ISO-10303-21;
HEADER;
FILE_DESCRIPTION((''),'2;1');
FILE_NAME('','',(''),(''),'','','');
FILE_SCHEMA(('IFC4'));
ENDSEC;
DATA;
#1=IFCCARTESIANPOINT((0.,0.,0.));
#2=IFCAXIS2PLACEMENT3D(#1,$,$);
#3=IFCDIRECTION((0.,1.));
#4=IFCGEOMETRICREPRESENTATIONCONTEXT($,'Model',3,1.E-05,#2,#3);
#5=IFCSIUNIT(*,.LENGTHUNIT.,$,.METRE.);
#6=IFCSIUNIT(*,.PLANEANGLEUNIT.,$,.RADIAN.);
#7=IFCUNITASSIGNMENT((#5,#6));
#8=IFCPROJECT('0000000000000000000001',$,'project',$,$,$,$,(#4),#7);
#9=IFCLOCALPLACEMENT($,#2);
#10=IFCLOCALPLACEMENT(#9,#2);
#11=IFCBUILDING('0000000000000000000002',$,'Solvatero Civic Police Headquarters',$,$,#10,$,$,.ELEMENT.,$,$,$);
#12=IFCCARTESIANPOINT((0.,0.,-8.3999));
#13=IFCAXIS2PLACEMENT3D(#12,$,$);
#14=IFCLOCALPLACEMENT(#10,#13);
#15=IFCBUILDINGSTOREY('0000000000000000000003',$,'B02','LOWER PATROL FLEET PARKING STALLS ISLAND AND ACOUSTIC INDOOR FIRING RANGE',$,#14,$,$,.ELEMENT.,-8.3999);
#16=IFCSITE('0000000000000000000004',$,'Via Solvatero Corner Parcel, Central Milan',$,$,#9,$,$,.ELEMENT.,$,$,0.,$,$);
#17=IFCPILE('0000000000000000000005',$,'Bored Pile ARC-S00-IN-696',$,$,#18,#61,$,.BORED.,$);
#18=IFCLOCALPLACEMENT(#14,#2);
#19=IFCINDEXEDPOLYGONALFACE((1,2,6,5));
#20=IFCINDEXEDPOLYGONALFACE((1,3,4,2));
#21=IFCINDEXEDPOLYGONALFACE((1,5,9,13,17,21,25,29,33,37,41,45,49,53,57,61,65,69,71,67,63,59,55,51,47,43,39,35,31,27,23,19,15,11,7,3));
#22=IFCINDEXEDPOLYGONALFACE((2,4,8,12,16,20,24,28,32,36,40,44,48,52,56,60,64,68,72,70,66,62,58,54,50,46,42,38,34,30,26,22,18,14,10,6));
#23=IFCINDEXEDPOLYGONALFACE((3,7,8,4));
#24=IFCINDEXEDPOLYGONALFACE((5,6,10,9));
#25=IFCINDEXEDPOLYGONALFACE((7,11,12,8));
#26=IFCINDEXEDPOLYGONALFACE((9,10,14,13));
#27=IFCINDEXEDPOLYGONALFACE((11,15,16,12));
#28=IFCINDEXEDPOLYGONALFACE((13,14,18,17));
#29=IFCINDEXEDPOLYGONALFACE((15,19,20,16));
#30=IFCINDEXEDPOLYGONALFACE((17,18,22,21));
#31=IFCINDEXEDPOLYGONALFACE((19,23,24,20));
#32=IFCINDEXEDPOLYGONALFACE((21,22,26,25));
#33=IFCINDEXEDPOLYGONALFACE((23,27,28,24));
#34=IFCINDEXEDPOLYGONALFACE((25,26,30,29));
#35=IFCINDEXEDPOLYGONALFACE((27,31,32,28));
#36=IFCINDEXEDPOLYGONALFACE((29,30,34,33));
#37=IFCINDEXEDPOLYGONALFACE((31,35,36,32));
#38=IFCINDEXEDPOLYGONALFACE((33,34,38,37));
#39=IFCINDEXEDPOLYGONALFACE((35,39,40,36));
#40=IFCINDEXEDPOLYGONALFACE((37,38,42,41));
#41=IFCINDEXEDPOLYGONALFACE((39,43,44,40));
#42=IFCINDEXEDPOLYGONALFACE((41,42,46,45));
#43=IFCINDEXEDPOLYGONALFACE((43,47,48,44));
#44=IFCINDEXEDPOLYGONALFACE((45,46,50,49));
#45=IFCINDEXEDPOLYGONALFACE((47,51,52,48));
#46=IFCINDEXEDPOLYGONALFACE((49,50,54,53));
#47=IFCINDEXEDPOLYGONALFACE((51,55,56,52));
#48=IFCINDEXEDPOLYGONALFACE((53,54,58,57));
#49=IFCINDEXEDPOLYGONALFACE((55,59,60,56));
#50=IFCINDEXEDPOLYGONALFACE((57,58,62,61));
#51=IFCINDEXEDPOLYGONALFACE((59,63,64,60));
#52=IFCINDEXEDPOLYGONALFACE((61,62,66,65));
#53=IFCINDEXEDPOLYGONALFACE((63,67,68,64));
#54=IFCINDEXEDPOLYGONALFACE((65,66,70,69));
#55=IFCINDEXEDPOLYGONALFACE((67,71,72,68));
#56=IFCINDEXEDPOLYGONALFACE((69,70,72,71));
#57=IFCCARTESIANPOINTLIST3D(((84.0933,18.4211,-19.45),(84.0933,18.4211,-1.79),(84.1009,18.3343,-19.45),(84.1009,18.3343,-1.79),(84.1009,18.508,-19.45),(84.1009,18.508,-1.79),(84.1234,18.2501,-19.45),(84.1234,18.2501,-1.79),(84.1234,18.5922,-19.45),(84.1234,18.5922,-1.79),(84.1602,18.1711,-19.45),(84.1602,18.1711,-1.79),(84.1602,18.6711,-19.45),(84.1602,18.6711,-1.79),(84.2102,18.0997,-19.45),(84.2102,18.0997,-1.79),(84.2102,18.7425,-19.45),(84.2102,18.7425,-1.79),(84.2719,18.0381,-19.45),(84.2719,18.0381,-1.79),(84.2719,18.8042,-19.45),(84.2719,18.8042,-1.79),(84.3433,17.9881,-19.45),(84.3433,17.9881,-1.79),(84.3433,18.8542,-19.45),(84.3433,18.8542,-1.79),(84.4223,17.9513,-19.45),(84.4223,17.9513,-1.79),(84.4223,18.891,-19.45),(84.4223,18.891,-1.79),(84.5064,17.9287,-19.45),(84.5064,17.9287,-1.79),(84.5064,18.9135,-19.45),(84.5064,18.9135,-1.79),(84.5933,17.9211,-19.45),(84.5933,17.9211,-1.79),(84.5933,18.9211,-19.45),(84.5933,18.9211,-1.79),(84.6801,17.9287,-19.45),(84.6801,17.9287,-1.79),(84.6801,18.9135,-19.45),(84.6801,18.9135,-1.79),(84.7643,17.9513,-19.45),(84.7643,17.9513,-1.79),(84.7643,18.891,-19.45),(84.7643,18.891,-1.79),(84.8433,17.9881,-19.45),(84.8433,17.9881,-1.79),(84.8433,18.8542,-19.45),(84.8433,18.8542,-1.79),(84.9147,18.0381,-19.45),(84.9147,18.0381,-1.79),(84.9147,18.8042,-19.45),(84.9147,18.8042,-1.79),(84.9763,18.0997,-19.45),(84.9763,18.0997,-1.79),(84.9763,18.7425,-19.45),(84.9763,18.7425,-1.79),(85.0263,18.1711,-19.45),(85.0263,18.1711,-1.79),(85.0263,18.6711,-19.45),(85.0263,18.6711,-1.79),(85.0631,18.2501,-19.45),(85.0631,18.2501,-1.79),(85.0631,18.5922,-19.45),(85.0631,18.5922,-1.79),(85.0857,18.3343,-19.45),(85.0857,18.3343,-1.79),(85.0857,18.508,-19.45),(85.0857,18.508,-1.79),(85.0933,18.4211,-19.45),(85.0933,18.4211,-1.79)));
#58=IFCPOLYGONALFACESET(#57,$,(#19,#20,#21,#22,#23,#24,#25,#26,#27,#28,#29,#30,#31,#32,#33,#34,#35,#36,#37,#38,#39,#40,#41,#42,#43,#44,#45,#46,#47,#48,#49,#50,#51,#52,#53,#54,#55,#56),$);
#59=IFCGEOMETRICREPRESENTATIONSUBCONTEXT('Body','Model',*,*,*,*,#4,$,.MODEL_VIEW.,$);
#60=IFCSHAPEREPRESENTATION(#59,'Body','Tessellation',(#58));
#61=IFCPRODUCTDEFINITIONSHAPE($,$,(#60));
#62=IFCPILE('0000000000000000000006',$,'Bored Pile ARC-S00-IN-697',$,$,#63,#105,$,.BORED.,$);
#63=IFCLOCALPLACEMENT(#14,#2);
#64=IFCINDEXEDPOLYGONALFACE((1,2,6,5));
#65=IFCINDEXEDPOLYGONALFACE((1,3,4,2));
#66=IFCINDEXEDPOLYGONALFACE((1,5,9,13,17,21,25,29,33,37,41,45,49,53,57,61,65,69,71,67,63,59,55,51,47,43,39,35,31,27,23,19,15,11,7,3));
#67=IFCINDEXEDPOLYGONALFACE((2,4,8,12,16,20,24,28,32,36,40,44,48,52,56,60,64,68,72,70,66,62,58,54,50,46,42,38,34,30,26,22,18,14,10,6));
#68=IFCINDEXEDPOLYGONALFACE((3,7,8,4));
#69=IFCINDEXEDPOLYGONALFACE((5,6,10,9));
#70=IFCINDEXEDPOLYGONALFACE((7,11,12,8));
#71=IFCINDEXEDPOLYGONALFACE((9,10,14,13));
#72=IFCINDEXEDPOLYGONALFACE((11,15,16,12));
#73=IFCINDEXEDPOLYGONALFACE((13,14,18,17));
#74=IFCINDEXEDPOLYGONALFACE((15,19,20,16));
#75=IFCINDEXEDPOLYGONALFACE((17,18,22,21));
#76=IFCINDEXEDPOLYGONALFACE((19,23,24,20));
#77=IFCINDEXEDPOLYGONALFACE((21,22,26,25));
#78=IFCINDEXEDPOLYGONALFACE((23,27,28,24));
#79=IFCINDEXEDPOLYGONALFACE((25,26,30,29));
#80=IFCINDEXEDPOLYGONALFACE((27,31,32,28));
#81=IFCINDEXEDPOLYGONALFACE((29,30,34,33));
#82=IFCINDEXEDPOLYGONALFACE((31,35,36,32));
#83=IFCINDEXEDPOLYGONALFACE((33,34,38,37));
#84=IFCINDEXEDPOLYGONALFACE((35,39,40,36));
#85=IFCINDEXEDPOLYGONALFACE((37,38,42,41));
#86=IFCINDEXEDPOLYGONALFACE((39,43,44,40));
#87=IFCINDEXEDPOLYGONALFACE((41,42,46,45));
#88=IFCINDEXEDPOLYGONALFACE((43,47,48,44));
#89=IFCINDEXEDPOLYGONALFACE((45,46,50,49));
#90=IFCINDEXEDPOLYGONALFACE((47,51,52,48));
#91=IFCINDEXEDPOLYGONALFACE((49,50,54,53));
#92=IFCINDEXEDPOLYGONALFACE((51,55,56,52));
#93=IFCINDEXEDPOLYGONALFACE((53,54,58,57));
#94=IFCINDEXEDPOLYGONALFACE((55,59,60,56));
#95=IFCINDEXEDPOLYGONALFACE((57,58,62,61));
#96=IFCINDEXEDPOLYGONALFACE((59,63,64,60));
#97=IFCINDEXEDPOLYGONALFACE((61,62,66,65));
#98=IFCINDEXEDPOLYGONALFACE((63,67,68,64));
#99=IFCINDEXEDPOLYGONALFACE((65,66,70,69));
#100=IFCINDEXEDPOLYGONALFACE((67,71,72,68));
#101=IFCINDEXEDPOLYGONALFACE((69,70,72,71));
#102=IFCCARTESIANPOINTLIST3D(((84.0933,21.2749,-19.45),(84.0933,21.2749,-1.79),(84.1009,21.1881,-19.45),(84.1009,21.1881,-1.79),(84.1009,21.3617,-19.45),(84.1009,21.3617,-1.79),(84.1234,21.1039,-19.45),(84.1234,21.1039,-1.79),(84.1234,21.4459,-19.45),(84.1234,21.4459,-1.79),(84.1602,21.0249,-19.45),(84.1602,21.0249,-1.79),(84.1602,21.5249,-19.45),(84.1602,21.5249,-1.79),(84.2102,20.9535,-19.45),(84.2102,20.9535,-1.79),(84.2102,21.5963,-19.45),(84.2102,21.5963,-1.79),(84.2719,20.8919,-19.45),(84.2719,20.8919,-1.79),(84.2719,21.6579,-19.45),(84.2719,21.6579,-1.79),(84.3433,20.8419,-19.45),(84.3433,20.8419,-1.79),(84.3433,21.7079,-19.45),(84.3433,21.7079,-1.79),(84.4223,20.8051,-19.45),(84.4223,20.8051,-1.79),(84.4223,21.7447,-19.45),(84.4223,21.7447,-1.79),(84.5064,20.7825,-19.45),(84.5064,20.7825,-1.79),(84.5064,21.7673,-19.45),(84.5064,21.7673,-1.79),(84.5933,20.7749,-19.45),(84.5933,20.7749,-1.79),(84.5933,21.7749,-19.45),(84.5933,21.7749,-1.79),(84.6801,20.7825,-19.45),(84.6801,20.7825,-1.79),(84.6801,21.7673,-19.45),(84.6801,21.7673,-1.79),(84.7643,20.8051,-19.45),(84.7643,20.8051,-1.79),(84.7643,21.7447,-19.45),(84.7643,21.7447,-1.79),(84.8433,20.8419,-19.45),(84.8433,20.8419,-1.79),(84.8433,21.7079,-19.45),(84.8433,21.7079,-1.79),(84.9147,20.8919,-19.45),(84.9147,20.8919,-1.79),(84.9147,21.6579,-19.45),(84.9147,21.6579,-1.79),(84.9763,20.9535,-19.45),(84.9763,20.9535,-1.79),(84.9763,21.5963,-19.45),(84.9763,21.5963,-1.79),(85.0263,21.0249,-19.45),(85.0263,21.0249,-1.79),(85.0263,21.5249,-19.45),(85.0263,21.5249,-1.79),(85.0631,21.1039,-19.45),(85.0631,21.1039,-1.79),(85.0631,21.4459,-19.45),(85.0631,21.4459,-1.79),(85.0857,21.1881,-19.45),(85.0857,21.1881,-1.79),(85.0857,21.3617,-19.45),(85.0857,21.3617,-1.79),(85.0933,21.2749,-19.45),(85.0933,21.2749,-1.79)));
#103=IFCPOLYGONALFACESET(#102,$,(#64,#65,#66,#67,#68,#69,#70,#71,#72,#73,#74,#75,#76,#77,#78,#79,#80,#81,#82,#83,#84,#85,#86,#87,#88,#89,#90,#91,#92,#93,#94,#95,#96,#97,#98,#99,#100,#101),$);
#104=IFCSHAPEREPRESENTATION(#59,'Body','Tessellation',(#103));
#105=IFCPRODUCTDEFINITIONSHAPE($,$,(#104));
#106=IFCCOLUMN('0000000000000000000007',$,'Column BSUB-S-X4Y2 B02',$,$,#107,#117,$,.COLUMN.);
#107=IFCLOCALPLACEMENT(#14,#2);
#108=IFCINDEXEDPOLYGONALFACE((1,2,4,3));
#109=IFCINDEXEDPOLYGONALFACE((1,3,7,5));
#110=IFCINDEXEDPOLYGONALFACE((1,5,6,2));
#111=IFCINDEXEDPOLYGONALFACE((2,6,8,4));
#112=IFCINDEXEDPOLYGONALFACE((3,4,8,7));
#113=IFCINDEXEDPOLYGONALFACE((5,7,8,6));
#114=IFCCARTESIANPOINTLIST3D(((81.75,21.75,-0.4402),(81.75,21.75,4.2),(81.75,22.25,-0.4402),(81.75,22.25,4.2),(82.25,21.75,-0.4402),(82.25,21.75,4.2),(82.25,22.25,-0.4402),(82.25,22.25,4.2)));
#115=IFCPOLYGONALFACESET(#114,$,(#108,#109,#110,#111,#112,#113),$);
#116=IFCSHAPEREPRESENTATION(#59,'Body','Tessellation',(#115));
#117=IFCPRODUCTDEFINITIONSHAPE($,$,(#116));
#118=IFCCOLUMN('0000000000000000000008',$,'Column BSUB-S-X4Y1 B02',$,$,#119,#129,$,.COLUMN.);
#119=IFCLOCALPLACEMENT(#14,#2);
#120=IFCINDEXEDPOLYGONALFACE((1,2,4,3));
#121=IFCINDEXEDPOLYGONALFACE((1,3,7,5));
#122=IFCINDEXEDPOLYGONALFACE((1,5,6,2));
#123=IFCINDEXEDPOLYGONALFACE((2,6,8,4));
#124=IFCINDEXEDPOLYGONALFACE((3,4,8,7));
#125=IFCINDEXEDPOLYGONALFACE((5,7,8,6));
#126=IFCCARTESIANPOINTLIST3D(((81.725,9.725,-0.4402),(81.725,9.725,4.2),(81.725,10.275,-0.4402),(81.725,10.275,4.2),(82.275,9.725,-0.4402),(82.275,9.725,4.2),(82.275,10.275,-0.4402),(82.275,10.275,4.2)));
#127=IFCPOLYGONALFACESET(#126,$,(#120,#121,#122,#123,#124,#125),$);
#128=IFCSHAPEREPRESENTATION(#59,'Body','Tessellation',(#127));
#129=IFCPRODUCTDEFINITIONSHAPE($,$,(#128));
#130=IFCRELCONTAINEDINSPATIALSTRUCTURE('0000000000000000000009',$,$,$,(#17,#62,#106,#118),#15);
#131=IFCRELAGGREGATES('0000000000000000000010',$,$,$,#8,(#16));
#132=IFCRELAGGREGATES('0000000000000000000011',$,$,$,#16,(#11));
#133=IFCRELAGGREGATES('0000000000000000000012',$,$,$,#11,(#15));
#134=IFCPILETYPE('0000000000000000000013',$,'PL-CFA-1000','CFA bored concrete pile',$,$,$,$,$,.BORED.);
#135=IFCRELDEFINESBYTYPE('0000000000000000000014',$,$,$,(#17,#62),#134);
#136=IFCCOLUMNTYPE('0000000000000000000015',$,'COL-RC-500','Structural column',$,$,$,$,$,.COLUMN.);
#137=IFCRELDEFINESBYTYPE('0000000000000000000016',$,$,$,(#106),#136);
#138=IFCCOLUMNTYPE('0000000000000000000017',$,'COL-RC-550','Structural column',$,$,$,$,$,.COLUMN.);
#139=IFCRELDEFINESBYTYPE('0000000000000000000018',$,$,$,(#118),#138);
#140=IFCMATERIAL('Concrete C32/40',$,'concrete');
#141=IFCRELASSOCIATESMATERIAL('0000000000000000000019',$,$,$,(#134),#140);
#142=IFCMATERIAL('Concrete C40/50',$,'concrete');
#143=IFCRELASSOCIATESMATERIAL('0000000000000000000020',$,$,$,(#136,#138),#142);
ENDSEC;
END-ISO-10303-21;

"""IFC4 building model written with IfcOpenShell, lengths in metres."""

from ifc_helpers import new_model, si_unit, direction, frame, origin, origin_2d, place, context, subcontext, project, spatial, rectangle, circle, extrude, material, material_profile, profile_set, type_object, element, save


model = new_model("IFC4")

# Units and contexts
model_context = context("Model", 3, precision=1e-05, world=origin(), true_north=direction((0.0, 1.0)))
body_context = subcontext(model_context, "Body", "Model", "MODEL_VIEW")
ifc_project = project(units=[si_unit("LENGTHUNIT", "METRE"), si_unit("PLANEANGLEUNIT", "RADIAN")], contexts=[model_context])

# Site, building, storey
site_placement = place(None, origin())
site = spatial("IfcSite", under=ifc_project, at=site_placement, Name="Via Solvatero Corner Parcel, Central Milan", CompositionType="ELEMENT", RefElevation=0.0)
building_placement = place(site_placement, origin())
building = spatial("IfcBuilding", under=site, at=building_placement, Name="Solvatero Civic Police Headquarters", CompositionType="ELEMENT")
storey_placement = place(building_placement, frame((0.0, 0.0, -8.3999)))
storey = spatial("IfcBuildingStorey", under=building, at=storey_placement, Name="B02", Description="LOWER PATROL FLEET PARKING STALLS ISLAND AND ACOUSTIC INDOOR FIRING RANGE", CompositionType="ELEMENT", Elevation=-8.3999)

# Piles
ifc_material_1 = material(Name="Concrete C32/40", Category="concrete")
ifc_material_profile_1 = material_profile(ifc_material_1, circle(Radius=0.5, at=origin_2d()), Name="CFA PILE D1000")
ifc_profile_set_1 = profile_set([ifc_material_profile_1], Name="Concrete C32/40")
pile_type = type_object("IfcPileType", Name="PL-CFA-1000", Description="CFA bored concrete pile", PredefinedType="BORED", material=ifc_profile_set_1)
for number, where, z_axis, x_axis, name in (
    (1, (84.5933, 18.4211, -1.79), (0.0, 0.0, -1.0), (1.0, 0.0, 0.0), "Bored Pile ARC-S00-IN-696"),
    (2, (84.5933, 21.2749, -1.79), (0.0, 0.0, -1.0), (1.0, 0.0, 0.0), "Bored Pile ARC-S00-IN-697"),
):
    element("IfcPile", number, at=place(storey_placement, frame(where, z_axis=z_axis, x_axis=x_axis)), inside=storey, type_object=pile_type, Name=name, PredefinedType="BORED", context=body_context, shape_type="SweptSolid", body=[
        extrude(circle(Radius=0.5, at=origin_2d()), origin(), (0.0, 0.0, 1.0), 17.6599),
    ])

# Columns
ifc_material_2 = material(Name="Concrete C40/50", Category="concrete")
ifc_material_profile_2 = material_profile(ifc_material_2, rectangle(XDim=0.5, YDim=0.5, at=origin_2d()), Name="RC 500x500")
ifc_profile_set_2 = profile_set([ifc_material_profile_2], Name="Concrete C40/50")
column_type_1 = type_object("IfcColumnType", Name="COL-RC-500", Description="Structural column", PredefinedType="COLUMN", material=ifc_profile_set_2)
column_1_placement = place(storey_placement, frame((82.0, 22.0, -0.4402), z_axis=(0.0, 0.0, 1.0), x_axis=(1.0, 0.0, 0.0)))
element("IfcColumn", 3, at=column_1_placement, inside=storey, type_object=column_type_1, Name="Column BSUB-S-X4Y2 B02", PredefinedType="COLUMN", context=body_context, shape_type="SweptSolid", body=[
    extrude(rectangle(XDim=0.5, YDim=0.5, at=origin_2d()), origin(), (0.0, 0.0, 1.0), 4.6401),
])
ifc_material_profile_3 = material_profile(ifc_material_2, rectangle(XDim=0.55, YDim=0.55, at=origin_2d()), Name="RC 550x550")
ifc_profile_set_3 = profile_set([ifc_material_profile_3], Name="Concrete C40/50")
column_type_2 = type_object("IfcColumnType", Name="COL-RC-550", Description="Structural column", PredefinedType="COLUMN", material=ifc_profile_set_3)
column_2_placement = place(storey_placement, frame((82.0, 10.0, -0.4402), z_axis=(0.0, 0.0, 1.0), x_axis=(1.0, 0.0, 0.0)))
element("IfcColumn", 4, at=column_2_placement, inside=storey, type_object=column_type_2, Name="Column BSUB-S-X4Y1 B02", PredefinedType="COLUMN", context=body_context, shape_type="SweptSolid", body=[
    extrude(rectangle(XDim=0.55, YDim=0.55, at=origin_2d()), origin(), (0.0, 0.0, 1.0), 4.6401),
])

save(model, "model.ifc")
